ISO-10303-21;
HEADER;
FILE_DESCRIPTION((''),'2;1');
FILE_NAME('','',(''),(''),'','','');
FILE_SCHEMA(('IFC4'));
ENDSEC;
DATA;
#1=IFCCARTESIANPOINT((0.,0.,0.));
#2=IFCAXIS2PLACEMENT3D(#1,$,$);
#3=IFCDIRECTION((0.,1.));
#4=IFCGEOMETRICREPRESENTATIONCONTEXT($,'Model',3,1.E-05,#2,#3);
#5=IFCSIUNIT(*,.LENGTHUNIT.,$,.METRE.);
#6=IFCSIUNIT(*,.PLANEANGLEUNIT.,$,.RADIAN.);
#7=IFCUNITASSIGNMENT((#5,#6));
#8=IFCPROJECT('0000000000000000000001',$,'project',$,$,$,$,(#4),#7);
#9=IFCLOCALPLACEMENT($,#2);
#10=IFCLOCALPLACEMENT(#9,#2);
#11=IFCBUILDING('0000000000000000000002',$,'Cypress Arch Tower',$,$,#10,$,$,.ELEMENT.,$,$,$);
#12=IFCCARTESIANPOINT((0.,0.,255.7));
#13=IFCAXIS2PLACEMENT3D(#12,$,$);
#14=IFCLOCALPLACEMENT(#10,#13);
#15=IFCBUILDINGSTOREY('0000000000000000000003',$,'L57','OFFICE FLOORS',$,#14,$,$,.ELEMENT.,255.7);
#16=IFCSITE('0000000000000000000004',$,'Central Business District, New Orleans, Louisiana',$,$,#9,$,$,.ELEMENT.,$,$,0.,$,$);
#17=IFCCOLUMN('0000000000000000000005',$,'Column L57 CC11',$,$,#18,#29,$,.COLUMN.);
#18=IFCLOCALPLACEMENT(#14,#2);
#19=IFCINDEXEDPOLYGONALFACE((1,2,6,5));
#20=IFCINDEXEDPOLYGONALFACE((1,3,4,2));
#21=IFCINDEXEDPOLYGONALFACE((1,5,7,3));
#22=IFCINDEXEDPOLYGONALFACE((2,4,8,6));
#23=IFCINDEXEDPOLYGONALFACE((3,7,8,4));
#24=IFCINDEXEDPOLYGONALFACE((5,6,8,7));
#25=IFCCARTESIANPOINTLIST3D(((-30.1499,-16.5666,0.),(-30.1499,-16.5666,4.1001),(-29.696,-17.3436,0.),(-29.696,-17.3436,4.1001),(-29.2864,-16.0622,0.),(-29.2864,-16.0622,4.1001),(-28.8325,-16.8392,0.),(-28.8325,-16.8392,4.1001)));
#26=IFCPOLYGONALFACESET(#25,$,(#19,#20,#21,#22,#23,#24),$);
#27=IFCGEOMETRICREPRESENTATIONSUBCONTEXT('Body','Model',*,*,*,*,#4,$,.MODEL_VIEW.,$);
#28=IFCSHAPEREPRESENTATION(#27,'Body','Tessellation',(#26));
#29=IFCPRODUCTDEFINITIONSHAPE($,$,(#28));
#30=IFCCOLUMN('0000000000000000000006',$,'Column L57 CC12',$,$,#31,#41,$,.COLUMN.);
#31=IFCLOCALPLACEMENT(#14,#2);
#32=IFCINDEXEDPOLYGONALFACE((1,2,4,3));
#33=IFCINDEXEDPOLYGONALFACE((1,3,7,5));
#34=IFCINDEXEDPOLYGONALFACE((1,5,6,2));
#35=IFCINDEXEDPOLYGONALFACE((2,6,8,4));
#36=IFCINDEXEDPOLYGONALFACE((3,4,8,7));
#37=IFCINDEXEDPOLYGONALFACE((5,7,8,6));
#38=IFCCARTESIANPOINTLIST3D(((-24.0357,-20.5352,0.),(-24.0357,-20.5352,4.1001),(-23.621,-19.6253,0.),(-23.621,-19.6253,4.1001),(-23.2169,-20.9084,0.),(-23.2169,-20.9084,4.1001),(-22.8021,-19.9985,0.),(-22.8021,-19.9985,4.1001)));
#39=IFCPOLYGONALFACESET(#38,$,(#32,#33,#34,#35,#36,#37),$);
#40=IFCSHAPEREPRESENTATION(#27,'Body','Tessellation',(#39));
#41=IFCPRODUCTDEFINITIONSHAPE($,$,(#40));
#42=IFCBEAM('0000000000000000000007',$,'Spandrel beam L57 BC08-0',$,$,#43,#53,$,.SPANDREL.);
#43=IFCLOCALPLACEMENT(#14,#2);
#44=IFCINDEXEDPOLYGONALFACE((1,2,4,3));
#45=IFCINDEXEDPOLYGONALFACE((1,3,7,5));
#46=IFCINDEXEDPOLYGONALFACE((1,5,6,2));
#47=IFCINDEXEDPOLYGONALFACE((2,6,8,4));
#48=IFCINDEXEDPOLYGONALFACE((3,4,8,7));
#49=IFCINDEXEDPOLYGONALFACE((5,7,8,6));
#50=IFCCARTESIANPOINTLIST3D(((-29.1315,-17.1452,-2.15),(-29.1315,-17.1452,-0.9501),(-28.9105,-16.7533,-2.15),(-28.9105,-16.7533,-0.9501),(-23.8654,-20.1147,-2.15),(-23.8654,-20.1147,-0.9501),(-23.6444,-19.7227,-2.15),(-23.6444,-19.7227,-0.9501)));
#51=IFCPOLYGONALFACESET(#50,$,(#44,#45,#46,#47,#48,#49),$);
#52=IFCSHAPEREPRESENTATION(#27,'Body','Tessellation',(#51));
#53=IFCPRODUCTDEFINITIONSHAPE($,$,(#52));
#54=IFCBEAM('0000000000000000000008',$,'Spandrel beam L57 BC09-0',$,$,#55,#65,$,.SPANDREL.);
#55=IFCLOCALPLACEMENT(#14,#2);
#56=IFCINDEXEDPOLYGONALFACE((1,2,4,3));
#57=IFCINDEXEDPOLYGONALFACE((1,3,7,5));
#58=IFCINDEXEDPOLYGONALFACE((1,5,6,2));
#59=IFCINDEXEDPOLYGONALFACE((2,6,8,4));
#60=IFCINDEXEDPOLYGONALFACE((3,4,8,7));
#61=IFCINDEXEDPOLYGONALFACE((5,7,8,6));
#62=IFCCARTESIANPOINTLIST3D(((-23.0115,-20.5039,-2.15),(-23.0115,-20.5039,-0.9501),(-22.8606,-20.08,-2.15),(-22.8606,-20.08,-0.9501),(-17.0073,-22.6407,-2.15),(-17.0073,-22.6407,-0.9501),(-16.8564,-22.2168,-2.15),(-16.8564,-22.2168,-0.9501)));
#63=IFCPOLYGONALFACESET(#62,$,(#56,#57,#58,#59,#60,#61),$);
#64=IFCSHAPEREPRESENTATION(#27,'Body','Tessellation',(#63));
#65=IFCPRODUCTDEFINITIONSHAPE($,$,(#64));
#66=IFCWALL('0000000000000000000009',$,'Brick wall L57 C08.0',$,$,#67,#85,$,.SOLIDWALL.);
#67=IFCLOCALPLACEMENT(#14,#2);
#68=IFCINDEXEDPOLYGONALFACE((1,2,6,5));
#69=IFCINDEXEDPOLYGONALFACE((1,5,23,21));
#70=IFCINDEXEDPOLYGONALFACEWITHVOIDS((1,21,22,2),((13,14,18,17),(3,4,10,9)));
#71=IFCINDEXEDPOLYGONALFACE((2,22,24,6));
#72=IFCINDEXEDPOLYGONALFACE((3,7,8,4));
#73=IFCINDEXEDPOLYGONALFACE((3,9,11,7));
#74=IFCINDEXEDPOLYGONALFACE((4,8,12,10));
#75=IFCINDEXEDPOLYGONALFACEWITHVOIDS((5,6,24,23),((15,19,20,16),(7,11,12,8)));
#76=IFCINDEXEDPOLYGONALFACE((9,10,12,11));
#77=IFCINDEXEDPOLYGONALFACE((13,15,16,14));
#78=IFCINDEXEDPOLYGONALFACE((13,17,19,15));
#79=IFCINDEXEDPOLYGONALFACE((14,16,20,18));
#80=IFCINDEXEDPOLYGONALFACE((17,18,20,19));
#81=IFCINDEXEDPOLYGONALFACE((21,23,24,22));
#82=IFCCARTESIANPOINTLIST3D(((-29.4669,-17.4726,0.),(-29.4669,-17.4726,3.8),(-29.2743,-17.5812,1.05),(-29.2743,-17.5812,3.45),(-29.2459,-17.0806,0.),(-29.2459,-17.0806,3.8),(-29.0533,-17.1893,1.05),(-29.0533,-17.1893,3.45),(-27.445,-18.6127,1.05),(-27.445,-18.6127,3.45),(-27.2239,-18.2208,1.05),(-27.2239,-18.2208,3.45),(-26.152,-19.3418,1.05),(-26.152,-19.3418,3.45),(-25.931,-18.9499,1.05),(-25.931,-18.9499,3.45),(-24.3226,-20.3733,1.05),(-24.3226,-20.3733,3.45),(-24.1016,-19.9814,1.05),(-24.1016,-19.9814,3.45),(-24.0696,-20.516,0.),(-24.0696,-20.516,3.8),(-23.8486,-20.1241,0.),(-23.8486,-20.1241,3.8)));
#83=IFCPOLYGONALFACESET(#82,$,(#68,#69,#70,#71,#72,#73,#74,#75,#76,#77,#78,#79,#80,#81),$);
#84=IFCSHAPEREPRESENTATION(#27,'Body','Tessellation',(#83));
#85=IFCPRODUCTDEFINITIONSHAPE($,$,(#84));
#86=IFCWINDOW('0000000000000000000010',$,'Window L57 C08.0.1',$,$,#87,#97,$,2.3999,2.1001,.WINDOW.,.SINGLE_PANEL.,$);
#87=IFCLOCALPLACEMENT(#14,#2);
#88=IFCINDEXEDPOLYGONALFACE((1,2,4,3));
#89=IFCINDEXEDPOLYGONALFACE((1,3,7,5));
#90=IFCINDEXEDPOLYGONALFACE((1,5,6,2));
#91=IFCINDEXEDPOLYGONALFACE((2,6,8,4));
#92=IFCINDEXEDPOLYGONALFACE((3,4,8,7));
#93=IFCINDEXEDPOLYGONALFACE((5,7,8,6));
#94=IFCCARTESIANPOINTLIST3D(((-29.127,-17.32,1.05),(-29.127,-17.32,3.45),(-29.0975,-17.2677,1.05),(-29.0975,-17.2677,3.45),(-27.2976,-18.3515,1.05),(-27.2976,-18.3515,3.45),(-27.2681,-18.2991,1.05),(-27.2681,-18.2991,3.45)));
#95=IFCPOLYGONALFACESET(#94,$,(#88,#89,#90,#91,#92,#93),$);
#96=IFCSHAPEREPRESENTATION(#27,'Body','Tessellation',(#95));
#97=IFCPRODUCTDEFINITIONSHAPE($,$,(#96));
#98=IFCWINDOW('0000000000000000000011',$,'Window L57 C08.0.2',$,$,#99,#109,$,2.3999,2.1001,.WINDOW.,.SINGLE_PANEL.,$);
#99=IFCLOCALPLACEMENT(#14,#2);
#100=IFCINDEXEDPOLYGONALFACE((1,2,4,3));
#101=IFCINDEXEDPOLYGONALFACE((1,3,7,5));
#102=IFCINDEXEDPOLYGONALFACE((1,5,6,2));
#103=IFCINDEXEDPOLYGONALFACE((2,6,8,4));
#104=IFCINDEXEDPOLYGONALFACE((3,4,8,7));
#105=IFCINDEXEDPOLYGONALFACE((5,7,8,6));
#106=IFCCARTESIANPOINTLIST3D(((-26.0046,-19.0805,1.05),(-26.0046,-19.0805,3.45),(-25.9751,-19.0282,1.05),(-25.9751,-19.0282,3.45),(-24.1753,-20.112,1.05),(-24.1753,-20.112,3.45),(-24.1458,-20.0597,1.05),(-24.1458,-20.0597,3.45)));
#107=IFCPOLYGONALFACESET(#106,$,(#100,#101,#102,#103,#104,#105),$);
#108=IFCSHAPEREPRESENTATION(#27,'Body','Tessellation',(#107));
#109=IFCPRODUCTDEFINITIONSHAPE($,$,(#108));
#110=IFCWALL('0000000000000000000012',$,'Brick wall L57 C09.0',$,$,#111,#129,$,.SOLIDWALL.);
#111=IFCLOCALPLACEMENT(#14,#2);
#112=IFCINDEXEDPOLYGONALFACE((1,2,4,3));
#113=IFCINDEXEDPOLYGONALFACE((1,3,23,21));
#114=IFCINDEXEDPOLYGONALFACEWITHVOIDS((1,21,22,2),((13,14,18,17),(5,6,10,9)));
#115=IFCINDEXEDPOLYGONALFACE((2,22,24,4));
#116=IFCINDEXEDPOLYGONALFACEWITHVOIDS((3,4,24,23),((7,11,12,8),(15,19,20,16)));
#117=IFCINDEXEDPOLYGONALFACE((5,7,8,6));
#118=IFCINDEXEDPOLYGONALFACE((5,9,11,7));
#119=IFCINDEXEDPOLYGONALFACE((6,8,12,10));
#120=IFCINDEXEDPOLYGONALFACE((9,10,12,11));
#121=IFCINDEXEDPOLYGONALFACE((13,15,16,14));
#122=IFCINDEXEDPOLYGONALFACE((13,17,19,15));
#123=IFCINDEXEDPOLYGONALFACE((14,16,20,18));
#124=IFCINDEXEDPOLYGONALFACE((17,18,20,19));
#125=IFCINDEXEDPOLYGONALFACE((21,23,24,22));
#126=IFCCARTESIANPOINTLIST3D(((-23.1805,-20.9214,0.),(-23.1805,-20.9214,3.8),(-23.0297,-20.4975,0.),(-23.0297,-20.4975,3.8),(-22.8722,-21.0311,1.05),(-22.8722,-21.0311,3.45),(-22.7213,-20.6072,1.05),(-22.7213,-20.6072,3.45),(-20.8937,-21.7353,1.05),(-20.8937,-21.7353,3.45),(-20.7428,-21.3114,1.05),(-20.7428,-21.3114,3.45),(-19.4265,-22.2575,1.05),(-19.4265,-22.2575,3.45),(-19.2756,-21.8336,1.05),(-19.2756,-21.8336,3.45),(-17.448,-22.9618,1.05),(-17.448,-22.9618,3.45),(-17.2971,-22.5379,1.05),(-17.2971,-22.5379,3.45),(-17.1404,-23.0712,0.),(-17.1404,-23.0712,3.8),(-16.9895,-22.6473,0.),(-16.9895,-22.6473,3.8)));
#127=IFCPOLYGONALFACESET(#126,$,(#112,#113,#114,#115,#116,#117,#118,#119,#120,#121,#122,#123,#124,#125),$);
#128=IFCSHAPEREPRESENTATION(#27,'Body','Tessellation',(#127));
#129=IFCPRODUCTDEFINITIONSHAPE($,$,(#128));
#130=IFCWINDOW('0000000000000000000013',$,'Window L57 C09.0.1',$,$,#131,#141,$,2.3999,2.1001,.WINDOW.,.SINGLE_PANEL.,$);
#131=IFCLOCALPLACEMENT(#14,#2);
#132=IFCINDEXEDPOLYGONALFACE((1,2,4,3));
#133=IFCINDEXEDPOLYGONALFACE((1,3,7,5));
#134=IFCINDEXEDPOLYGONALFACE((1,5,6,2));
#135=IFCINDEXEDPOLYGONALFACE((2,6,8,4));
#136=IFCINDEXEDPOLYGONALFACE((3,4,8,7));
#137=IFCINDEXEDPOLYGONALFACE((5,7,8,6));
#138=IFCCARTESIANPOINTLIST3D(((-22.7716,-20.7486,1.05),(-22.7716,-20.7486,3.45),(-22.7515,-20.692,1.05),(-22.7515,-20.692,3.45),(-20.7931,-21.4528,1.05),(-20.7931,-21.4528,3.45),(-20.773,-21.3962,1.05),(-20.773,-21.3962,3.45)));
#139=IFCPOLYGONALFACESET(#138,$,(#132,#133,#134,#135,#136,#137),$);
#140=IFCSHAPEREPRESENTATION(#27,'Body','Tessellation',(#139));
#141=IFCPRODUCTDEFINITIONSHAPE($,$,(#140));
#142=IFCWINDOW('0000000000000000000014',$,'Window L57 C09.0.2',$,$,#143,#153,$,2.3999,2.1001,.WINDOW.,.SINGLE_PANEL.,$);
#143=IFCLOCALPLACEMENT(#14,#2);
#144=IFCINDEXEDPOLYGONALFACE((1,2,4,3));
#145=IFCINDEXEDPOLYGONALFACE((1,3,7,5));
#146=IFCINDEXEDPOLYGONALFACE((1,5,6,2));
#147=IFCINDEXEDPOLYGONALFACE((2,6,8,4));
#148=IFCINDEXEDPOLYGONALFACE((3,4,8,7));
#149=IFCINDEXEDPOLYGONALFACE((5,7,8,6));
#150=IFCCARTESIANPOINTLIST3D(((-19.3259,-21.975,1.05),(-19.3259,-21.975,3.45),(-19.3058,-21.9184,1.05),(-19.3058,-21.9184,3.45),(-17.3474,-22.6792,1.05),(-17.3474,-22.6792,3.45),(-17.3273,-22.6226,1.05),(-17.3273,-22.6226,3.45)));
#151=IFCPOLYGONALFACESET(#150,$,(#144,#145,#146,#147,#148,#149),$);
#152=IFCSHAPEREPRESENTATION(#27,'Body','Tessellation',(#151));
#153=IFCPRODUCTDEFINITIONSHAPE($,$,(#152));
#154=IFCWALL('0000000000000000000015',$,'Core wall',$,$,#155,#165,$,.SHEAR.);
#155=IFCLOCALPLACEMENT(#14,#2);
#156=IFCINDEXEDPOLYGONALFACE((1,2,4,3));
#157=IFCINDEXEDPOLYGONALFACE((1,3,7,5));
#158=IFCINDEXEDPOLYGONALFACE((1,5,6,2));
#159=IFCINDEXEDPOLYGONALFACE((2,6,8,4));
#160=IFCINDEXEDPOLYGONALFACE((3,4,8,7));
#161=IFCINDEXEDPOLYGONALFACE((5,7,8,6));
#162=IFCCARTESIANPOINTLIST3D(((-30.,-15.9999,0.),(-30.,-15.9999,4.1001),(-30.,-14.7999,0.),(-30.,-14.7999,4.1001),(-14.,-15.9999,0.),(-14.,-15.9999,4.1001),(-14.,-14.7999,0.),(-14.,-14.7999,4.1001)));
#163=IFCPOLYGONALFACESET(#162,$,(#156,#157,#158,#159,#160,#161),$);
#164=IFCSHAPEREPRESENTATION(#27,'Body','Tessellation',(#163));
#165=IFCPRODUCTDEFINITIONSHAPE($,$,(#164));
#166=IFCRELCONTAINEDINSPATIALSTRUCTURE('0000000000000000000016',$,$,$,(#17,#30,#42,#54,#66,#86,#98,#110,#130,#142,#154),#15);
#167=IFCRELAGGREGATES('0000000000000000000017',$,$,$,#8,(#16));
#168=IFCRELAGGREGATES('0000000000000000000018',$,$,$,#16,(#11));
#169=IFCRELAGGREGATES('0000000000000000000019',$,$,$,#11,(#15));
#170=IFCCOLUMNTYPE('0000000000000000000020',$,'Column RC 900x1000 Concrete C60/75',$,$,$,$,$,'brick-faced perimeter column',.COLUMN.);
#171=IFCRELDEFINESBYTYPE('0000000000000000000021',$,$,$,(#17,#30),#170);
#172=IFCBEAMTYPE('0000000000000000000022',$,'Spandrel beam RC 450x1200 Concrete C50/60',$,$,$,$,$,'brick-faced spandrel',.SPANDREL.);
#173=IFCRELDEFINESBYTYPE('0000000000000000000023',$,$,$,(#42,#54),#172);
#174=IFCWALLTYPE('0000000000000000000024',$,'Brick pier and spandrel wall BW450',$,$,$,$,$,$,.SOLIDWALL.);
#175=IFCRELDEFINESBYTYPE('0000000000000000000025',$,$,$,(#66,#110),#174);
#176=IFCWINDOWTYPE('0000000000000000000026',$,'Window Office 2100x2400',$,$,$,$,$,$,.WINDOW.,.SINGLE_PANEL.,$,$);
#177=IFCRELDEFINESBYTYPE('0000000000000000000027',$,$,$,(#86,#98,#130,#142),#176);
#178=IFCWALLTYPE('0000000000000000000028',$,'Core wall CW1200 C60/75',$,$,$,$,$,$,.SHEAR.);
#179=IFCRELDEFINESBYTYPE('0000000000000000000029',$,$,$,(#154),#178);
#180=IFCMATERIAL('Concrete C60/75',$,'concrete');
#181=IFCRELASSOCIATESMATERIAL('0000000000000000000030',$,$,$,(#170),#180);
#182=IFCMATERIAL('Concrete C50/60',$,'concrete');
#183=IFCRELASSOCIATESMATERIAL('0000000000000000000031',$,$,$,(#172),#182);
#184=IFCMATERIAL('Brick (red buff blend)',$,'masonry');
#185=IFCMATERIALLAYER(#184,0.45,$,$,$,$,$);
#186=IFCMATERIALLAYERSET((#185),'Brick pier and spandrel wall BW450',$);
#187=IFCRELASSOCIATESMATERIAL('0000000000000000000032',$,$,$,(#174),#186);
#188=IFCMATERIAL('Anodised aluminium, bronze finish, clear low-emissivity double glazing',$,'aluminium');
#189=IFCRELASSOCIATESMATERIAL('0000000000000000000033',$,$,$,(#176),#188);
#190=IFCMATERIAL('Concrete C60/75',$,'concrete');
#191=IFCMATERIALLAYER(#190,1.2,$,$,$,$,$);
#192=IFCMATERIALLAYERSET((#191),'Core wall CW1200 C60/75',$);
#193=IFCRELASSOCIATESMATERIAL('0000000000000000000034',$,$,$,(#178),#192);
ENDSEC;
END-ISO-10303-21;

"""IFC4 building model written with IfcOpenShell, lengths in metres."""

from ifc_helpers import new_model, si_unit, direction, frame, frame_2d, origin, origin_2d, place, context, subcontext, project, spatial, rectangle, extrude, material, layer, layer_set, material_profile, profile_set, type_object, element, fill, save


model = new_model("IFC4")

# Units and contexts
model_context = context("Model", 3, precision=1e-05, world=origin(), true_north=direction((0.0, 1.0)))
body_context = subcontext(model_context, "Body", "Model", "MODEL_VIEW")
ifc_project = project(units=[si_unit("LENGTHUNIT", "METRE"), si_unit("PLANEANGLEUNIT", "RADIAN")], contexts=[model_context])

# Site, building, storey
site_placement = place(None, origin())
site = spatial("IfcSite", under=ifc_project, at=site_placement, Name="Central Business District, New Orleans, Louisiana", CompositionType="ELEMENT", RefElevation=0.0)
building_placement = place(site_placement, origin())
building = spatial("IfcBuilding", under=site, at=building_placement, Name="Cypress Arch Tower", CompositionType="ELEMENT")
storey_placement = place(building_placement, frame((0.0, 0.0, 255.7)))
storey = spatial("IfcBuildingStorey", under=building, at=storey_placement, Name="L57", Description="OFFICE FLOORS", CompositionType="ELEMENT", Elevation=255.7)

# Columns
ifc_material_1 = material(Name="Concrete C60/75", Category="concrete")
ifc_material_profile_1 = material_profile(ifc_material_1, rectangle(XDim=0.8999, YDim=1.0, at=origin_2d()), Name="RC 900x1000")
ifc_profile_set_1 = profile_set([ifc_material_profile_1], Name="Concrete C60/75")
column_type = type_object("IfcColumnType", Name="Column RC 900x1000 Concrete C60/75", ElementType="brick-faced perimeter column", PredefinedType="COLUMN", material=ifc_profile_set_1)
for number, where, z_axis, x_axis, name in (
    (1, (-29.4912, -16.7029, 0.0), (0.0, 0.0, 1.0), (0.504399, -0.863471, 0.0), "Column L57 CC11"),
    (2, (-23.4189, -20.2668, 0.0), (0.0, 0.0, 1.0), (0.909932, -0.414757, 0.0), "Column L57 CC12"),
):
    element("IfcColumn", number, at=place(storey_placement, frame(where, z_axis=z_axis, x_axis=x_axis)), inside=storey, type_object=column_type, Name=name, PredefinedType="COLUMN", context=body_context, shape_type="SweptSolid", body=[
        extrude(rectangle(XDim=0.8999, YDim=1.0, at=origin_2d()), origin(), (0.0, 0.0, 1.0), 4.1001),
    ])

# Beams
ifc_material_2 = material(Name="Concrete C50/60", Category="concrete")
ifc_material_profile_2 = material_profile(ifc_material_2, rectangle(XDim=0.45, YDim=1.2, at=origin_2d()), Name="RC 450x1200")
ifc_profile_set_2 = profile_set([ifc_material_profile_2], Name="Concrete C50/60")
beam_type = type_object("IfcBeamType", Name="Spandrel beam RC 450x1200 Concrete C50/60", ElementType="brick-faced spandrel", PredefinedType="SPANDREL", material=ifc_profile_set_2)
beam_1_placement = place(storey_placement, frame((-29.021, -16.9492, -1.55), z_axis=(0.87106, -0.491177, 0.0), x_axis=(0.491177, 0.87106, 0.0)))
element("IfcBeam", 3, at=beam_1_placement, inside=storey, type_object=beam_type, Name="Spandrel beam L57 BC08-0", PredefinedType="SPANDREL", context=body_context, shape_type="SweptSolid", body=[
    extrude(rectangle(XDim=0.45, YDim=1.2, at=origin_2d()), origin(), (0.0, 0.0, 1.0), 6.0457),
])
beam_2_placement = place(storey_placement, frame((-22.936, -20.292, -1.55), z_axis=(0.94212, -0.335276, 0.0), x_axis=(0.335276, 0.94212, 0.0)))
element("IfcBeam", 4, at=beam_2_placement, inside=storey, type_object=beam_type, Name="Spandrel beam L57 BC09-0", PredefinedType="SPANDREL", context=body_context, shape_type="SweptSolid", body=[
    extrude(rectangle(XDim=0.45, YDim=1.2, at=origin_2d()), origin(), (0.0, 0.0, 1.0), 6.373),
])

# Walls, openings, windows
ifc_material_3 = material(Name="Brick (red buff blend)", Category="masonry")
ifc_layer_1 = layer(ifc_material_3, 0.45)
ifc_layer_set_1 = layer_set([ifc_layer_1], Name="Brick pier and spandrel wall BW450")
wall_type_1 = type_object("IfcWallType", Name="Brick pier and spandrel wall BW450", PredefinedType="SOLIDWALL", material=ifc_layer_set_1)
wall_1_placement = place(storey_placement, frame((-29.3564, -17.2766, 0.0), z_axis=(0.0, 0.0, 1.0), x_axis=(0.871066, -0.491166, 0.0)))
wall_1 = element("IfcWall", 5, at=wall_1_placement, inside=storey, type_object=wall_type_1, Name="Brick wall L57 C08.0", PredefinedType="SOLIDWALL", context=body_context, shape_type="SweptSolid", body=[
    extrude(rectangle(XDim=6.1963, YDim=0.45, at=frame_2d((3.0981, 0.0))), origin(), (0.0, 0.0, 1.0), 3.8),
])
opening_1_placement = place(wall_1_placement, frame((0.2212, 0.0, 1.05)))
opening_1 = element("IfcOpeningElement", 6, at=opening_1_placement, cuts=wall_1, PredefinedType="OPENING", context=body_context, shape_type="SweptSolid", body=[
    extrude(rectangle(XDim=2.1001, YDim=2.3999, at=frame_2d((1.05, 1.2))), frame((0.0, 0.2349, 0.0), z_axis=(0.0, -1.0, 0.0), x_axis=(1.0, 0.0, 0.0)), (0.0, 0.0, 1.0), 0.47),
])
opening_2_placement = place(wall_1_placement, frame((3.8057, 0.0, 1.05)))
opening_2 = element("IfcOpeningElement", 7, at=opening_2_placement, cuts=wall_1, PredefinedType="OPENING", context=body_context, shape_type="SweptSolid", body=[
    extrude(rectangle(XDim=2.1001, YDim=2.3999, at=frame_2d((1.05, 1.2))), frame((0.0, 0.2349, 0.0), z_axis=(0.0, -1.0, 0.0), x_axis=(1.0, 0.0, 0.0)), (0.0, 0.0, 1.0), 0.47),
])
ifc_material_4 = material(Name="Anodised aluminium, bronze finish, clear low-emissivity double glazing", Category="aluminium")
window_type = type_object("IfcWindowType", Name="Window Office 2100x2400", PartitioningType="SINGLE_PANEL", PredefinedType="WINDOW", material=ifc_material_4)
window_1_placement = place(opening_1_placement, origin())
window_1 = element("IfcWindow", 8, at=window_1_placement, inside=storey, type_object=window_type, Name="Window L57 C08.0.1", OverallHeight=2.3999, OverallWidth=2.1001, PartitioningType="SINGLE_PANEL", PredefinedType="WINDOW", context=body_context, shape_type="SweptSolid", body=[
    extrude(rectangle(XDim=2.1001, YDim=2.3999, at=frame_2d((1.05, 1.2))), frame((0.0, 0.135, 0.0), z_axis=(0.0, -1.0, 0.0), x_axis=(1.0, 0.0, 0.0)), (0.0, 0.0, 1.0), 0.0601),
])
fill(opening_1, window_1)
window_2_placement = place(opening_2_placement, origin())
window_2 = element("IfcWindow", 9, at=window_2_placement, inside=storey, type_object=window_type, Name="Window L57 C08.0.2", OverallHeight=2.3999, OverallWidth=2.1001, PartitioningType="SINGLE_PANEL", PredefinedType="WINDOW", context=body_context, shape_type="SweptSolid", body=[
    extrude(rectangle(XDim=2.1001, YDim=2.3999, at=frame_2d((1.05, 1.2))), frame((0.0, 0.135, 0.0), z_axis=(0.0, -1.0, 0.0), x_axis=(1.0, 0.0, 0.0)), (0.0, 0.0, 1.0), 0.0601),
])
fill(opening_2, window_2)
wall_2_placement = place(storey_placement, frame((-23.105, -20.7095, 0.0), z_axis=(0.0, 0.0, 1.0), x_axis=(0.942104, -0.335321, 0.0)))
wall_2 = element("IfcWall", 10, at=wall_2_placement, inside=storey, type_object=wall_type_1, Name="Brick wall L57 C09.0", PredefinedType="SOLIDWALL", context=body_context, shape_type="SweptSolid", body=[
    extrude(rectangle(XDim=6.4114, YDim=0.45, at=frame_2d((3.2056, 0.0))), origin(), (0.0, 0.0, 1.0), 3.8),
])
opening_3_placement = place(wall_2_placement, frame((0.3271, 0.0, 1.05)))
opening_3 = element("IfcOpeningElement", 11, at=opening_3_placement, cuts=wall_2, PredefinedType="OPENING", context=body_context, shape_type="SweptSolid", body=[
    extrude(rectangle(XDim=2.1001, YDim=2.3999, at=frame_2d((1.05, 1.2))), frame((0.0, 0.2349, 0.0), z_axis=(0.0, -1.0, 0.0), x_axis=(1.0, 0.0, 0.0)), (0.0, 0.0, 1.0), 0.47),
])
opening_4_placement = place(wall_2_placement, frame((3.9846, 0.0, 1.05)))
opening_4 = element("IfcOpeningElement", 12, at=opening_4_placement, cuts=wall_2, PredefinedType="OPENING", context=body_context, shape_type="SweptSolid", body=[
    extrude(rectangle(XDim=2.1001, YDim=2.3999, at=frame_2d((1.05, 1.2))), frame((0.0, 0.2349, 0.0), z_axis=(0.0, -1.0, 0.0), x_axis=(1.0, 0.0, 0.0)), (0.0, 0.0, 1.0), 0.47),
])
window_3_placement = place(opening_3_placement, origin())
window_3 = element("IfcWindow", 13, at=window_3_placement, inside=storey, type_object=window_type, Name="Window L57 C09.0.1", OverallHeight=2.3999, OverallWidth=2.1001, PartitioningType="SINGLE_PANEL", PredefinedType="WINDOW", context=body_context, shape_type="SweptSolid", body=[
    extrude(rectangle(XDim=2.1001, YDim=2.3999, at=frame_2d((1.05, 1.2))), frame((0.0, 0.135, 0.0), z_axis=(0.0, -1.0, 0.0), x_axis=(1.0, 0.0, 0.0)), (0.0, 0.0, 1.0), 0.0601),
])
fill(opening_3, window_3)
window_4_placement = place(opening_4_placement, origin())
window_4 = element("IfcWindow", 14, at=window_4_placement, inside=storey, type_object=window_type, Name="Window L57 C09.0.2", OverallHeight=2.3999, OverallWidth=2.1001, PartitioningType="SINGLE_PANEL", PredefinedType="WINDOW", context=body_context, shape_type="SweptSolid", body=[
    extrude(rectangle(XDim=2.1001, YDim=2.3999, at=frame_2d((1.05, 1.2))), frame((0.0, 0.135, 0.0), z_axis=(0.0, -1.0, 0.0), x_axis=(1.0, 0.0, 0.0)), (0.0, 0.0, 1.0), 0.0601),
])
fill(opening_4, window_4)

# Wall
ifc_material_5 = material(Name="Concrete C60/75", Category="concrete")
ifc_layer_2 = layer(ifc_material_5, 1.2)
ifc_layer_set_2 = layer_set([ifc_layer_2], Name="Core wall CW1200 C60/75")
wall_type_2 = type_object("IfcWallType", Name="Core wall CW1200 C60/75", PredefinedType="SHEAR", material=ifc_layer_set_2)
wall_3_placement = place(storey_placement, frame((-30.0, -15.3999, 0.0), z_axis=(0.0, 0.0, 1.0), x_axis=(1.0, 0.0, 0.0)))
element("IfcWall", 15, at=wall_3_placement, inside=storey, type_object=wall_type_2, Name="Core wall", PredefinedType="SHEAR", context=body_context, shape_type="SweptSolid", body=[
    extrude(rectangle(XDim=16.0, YDim=1.2, at=frame_2d((8.0, 0.0))), origin(), (0.0, 0.0, 1.0), 4.1001),
])

save(model, "model.ifc")
